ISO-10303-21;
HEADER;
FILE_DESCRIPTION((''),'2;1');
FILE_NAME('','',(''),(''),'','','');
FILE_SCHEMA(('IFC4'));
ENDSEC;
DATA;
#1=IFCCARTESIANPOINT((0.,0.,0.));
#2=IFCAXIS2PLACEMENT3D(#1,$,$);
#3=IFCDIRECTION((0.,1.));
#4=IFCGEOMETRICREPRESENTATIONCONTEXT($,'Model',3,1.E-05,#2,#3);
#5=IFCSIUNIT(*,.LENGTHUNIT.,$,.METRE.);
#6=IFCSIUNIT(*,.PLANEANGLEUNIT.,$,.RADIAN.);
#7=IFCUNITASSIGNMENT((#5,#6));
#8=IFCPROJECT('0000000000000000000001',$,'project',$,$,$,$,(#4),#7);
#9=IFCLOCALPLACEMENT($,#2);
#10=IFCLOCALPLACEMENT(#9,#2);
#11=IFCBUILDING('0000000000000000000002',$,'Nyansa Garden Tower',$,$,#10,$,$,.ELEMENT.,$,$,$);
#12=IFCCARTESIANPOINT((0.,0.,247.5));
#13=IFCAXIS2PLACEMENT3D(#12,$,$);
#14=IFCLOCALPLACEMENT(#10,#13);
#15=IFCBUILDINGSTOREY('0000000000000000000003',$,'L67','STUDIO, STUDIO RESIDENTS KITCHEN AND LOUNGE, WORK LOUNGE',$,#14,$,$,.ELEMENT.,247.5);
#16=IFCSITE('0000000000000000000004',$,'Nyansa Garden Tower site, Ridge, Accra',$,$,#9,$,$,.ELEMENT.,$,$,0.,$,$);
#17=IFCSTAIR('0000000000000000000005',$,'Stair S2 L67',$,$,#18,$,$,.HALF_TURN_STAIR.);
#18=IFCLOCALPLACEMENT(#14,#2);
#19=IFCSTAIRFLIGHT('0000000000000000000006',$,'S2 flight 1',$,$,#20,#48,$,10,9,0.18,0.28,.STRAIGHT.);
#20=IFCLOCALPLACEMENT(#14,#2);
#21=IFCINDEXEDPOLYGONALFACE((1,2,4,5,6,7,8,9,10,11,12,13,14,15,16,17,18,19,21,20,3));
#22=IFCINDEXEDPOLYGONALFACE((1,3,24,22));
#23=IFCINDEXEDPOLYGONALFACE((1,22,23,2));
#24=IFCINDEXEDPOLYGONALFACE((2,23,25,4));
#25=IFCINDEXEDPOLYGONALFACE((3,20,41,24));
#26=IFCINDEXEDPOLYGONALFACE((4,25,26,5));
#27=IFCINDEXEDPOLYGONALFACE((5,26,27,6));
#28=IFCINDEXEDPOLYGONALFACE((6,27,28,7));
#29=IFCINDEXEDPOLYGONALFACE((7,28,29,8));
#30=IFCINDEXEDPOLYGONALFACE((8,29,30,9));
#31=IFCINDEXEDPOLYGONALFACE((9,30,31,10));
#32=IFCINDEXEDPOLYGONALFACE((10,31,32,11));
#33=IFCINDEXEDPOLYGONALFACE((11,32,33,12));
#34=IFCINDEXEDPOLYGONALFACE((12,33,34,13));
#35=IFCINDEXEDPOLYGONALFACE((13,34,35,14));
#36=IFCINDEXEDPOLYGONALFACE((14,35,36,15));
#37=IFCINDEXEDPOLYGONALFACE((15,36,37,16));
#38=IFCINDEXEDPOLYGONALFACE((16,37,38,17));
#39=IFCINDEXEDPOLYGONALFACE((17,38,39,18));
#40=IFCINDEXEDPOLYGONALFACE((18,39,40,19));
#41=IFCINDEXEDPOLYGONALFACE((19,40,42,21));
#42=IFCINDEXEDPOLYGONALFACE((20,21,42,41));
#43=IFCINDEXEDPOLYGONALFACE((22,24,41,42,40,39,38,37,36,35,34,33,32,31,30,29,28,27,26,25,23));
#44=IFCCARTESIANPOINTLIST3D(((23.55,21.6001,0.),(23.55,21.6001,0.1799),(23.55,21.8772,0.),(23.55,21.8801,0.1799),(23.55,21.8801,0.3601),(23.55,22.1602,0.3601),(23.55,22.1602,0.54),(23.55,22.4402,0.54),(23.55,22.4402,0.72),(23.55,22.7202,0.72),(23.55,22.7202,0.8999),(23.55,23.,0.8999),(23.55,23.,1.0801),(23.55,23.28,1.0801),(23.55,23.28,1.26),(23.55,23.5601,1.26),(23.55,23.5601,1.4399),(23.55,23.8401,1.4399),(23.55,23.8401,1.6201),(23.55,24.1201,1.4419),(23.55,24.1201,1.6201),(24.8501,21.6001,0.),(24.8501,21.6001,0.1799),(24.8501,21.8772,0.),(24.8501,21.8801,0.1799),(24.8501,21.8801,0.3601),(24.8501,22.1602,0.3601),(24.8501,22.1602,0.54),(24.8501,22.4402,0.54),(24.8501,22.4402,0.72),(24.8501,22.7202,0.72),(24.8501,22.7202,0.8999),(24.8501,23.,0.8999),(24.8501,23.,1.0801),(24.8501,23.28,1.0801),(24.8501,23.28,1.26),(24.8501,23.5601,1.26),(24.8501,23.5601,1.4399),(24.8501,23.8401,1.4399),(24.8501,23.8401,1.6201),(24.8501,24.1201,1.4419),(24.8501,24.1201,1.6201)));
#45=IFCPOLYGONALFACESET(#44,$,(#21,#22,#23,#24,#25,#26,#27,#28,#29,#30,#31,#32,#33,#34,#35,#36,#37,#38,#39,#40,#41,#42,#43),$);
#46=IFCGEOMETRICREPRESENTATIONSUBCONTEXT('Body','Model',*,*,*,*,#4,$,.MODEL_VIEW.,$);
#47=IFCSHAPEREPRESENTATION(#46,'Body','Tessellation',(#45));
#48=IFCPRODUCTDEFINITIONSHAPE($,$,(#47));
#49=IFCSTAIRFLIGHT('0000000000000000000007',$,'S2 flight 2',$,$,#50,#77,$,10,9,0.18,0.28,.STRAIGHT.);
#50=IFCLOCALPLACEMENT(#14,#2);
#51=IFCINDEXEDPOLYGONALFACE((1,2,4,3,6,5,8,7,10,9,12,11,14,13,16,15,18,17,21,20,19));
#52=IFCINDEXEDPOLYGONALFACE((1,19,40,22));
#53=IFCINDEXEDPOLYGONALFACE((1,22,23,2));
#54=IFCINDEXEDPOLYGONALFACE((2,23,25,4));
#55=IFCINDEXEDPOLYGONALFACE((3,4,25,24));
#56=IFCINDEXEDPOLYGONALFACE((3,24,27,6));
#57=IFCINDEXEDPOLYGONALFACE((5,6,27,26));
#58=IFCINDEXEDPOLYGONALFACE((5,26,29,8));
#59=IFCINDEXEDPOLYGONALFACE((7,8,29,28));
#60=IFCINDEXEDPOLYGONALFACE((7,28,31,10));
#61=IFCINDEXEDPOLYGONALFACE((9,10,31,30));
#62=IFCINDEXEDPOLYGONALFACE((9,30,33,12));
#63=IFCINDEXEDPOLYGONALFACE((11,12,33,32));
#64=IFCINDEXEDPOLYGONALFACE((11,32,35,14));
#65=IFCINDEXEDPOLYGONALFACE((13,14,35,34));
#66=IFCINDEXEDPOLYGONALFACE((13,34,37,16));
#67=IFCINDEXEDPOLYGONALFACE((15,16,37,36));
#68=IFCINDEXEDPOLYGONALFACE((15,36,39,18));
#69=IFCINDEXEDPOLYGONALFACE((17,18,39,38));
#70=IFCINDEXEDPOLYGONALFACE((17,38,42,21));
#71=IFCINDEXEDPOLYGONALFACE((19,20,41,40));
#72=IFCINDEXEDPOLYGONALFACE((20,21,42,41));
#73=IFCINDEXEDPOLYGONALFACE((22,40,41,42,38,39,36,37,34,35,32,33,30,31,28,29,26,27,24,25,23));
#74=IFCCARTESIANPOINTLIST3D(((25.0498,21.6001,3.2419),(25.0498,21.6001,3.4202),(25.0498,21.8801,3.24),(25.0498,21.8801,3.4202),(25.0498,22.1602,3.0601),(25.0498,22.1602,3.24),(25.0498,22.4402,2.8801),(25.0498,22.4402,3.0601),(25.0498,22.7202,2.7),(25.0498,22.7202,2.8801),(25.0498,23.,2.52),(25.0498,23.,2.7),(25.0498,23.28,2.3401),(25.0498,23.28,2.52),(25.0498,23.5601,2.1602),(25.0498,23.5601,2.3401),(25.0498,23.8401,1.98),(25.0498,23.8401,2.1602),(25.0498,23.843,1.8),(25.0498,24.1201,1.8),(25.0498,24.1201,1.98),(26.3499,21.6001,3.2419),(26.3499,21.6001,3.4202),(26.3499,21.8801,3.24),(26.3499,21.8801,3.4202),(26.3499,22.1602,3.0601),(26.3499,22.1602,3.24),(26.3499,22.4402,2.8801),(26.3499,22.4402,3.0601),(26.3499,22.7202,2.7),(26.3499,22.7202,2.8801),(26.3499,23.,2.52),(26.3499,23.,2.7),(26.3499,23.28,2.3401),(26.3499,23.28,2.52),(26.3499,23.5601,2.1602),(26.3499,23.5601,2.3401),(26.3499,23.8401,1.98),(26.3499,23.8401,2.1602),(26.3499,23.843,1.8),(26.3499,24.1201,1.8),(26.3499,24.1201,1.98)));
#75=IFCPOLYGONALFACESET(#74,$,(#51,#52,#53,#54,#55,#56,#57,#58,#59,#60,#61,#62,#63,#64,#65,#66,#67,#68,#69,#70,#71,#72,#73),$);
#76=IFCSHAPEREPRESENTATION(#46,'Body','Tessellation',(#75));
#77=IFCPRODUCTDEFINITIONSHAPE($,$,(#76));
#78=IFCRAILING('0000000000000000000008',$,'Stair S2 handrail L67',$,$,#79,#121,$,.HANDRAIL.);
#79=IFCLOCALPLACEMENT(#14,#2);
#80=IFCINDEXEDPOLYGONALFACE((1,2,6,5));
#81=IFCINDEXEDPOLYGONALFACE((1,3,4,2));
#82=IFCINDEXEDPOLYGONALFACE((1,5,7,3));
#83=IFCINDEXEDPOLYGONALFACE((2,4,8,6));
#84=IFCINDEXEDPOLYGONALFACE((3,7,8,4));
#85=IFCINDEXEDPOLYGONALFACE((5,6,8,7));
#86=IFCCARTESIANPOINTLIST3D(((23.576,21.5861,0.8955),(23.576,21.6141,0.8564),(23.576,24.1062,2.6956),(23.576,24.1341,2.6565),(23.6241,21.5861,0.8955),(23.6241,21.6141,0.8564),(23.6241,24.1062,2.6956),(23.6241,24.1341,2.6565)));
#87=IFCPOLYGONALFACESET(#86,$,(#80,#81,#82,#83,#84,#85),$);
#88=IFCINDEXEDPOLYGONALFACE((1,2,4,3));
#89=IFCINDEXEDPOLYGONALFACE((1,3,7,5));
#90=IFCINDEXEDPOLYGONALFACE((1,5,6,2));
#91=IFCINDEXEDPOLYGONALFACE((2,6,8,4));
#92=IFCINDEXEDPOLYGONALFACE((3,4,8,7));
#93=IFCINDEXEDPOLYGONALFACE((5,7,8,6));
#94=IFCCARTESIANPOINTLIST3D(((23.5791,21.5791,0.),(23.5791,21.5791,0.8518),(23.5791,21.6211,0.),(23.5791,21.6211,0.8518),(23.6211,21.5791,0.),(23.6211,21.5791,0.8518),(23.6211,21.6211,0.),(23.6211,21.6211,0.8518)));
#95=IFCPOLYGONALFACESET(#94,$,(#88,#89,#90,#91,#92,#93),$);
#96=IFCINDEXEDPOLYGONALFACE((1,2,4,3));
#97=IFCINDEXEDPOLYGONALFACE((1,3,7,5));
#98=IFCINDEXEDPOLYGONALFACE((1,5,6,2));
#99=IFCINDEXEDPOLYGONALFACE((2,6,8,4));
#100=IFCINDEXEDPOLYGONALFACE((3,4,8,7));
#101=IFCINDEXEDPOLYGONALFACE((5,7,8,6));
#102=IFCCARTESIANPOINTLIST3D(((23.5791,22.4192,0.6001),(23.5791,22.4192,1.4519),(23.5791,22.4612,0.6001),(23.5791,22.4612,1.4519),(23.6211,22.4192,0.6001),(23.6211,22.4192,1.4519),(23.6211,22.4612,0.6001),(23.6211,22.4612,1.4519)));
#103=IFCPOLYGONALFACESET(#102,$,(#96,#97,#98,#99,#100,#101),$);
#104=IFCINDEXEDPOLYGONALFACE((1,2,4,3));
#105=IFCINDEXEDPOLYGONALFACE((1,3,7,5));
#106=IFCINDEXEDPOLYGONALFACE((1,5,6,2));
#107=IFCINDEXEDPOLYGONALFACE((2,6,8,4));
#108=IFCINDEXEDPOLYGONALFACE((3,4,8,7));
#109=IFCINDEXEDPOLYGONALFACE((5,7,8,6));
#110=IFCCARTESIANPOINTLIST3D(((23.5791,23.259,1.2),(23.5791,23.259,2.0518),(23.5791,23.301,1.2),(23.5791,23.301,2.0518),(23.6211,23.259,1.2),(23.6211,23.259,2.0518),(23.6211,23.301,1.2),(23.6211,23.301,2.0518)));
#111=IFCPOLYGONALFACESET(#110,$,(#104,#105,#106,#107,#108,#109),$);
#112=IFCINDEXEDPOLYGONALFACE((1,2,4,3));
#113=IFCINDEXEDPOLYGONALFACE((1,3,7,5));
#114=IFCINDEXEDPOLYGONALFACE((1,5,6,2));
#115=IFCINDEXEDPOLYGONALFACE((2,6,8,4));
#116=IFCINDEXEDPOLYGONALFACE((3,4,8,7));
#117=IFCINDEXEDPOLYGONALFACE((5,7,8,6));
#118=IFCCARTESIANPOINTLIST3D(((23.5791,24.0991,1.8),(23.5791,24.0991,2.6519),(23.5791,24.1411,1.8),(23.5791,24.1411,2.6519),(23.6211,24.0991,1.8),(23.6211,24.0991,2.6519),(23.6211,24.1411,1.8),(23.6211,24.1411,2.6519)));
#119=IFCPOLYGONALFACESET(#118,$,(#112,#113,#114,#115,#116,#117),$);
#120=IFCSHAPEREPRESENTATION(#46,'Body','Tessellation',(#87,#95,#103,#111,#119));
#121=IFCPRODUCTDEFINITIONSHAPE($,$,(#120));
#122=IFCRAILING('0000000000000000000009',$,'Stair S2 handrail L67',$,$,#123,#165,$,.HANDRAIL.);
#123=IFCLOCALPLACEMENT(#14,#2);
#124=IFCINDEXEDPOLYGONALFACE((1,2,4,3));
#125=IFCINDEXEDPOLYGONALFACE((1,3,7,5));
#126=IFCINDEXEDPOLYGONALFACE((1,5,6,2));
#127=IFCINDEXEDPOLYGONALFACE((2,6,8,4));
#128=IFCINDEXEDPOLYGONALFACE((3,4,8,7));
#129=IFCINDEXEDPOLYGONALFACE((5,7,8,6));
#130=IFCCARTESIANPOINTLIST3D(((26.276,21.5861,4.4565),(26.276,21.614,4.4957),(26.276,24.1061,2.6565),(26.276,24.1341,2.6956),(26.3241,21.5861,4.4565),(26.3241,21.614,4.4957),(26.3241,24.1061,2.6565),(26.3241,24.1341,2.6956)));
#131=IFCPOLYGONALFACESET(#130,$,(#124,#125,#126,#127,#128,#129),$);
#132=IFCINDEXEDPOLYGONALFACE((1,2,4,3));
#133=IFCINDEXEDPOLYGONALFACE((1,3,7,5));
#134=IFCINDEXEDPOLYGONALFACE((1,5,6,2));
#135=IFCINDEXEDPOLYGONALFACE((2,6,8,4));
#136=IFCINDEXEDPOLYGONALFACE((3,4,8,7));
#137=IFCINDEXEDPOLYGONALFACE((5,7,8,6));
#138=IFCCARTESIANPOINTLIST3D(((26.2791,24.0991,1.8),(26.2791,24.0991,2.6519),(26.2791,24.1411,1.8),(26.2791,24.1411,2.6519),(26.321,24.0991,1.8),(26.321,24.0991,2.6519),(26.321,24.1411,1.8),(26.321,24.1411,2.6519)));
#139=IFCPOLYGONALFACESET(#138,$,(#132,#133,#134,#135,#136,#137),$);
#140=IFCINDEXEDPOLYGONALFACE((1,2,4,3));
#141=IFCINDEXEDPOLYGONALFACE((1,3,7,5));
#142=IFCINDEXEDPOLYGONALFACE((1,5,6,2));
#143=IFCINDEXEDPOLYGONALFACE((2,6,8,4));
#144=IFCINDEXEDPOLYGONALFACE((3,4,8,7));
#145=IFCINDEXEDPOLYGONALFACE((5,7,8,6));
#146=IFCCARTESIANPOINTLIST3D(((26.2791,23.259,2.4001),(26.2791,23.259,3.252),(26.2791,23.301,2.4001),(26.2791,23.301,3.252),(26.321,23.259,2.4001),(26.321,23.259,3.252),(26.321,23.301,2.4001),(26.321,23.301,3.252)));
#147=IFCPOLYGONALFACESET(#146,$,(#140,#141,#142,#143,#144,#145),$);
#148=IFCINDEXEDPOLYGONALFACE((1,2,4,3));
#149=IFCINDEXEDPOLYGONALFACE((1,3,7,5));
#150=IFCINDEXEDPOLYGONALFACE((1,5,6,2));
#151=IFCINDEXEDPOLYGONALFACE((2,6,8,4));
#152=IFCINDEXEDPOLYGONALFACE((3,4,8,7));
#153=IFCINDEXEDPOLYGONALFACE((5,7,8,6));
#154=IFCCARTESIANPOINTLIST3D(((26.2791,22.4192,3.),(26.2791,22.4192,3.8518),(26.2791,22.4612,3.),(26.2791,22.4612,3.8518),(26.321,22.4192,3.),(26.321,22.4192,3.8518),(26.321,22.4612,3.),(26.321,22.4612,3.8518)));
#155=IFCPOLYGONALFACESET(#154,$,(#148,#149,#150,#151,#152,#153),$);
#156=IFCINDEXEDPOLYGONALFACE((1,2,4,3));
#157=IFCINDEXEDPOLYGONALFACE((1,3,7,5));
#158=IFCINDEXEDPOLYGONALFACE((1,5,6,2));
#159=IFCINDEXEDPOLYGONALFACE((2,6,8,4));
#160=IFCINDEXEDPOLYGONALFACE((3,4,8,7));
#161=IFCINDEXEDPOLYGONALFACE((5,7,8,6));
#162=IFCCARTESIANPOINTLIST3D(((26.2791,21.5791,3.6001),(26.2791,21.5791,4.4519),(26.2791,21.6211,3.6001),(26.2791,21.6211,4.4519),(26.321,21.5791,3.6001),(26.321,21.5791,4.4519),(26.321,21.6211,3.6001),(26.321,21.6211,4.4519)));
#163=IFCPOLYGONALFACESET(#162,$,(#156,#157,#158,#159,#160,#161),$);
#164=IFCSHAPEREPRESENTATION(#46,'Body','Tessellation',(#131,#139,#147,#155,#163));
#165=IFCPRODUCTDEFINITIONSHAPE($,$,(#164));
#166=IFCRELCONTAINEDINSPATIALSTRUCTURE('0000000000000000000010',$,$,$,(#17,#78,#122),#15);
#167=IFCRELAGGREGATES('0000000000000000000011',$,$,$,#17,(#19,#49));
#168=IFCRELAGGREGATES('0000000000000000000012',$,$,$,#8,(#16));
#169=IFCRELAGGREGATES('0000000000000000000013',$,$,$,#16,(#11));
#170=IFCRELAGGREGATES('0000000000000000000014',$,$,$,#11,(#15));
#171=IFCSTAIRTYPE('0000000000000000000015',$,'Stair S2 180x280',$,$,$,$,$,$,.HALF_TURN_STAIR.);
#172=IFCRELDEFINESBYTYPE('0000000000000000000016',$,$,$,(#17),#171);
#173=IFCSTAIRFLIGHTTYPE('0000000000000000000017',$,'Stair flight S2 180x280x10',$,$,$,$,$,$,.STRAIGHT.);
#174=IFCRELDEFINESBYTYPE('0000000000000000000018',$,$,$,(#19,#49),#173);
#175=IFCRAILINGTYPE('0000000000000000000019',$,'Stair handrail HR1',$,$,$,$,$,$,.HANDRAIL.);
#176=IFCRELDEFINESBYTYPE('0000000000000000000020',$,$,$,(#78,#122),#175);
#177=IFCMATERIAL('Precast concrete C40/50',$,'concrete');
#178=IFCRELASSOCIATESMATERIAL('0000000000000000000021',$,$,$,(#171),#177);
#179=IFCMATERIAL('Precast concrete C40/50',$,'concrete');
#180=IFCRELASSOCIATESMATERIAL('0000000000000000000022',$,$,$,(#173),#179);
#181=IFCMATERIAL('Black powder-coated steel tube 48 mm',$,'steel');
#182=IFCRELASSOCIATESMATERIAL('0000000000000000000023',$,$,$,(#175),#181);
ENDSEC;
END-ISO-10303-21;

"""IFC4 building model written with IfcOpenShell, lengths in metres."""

from ifc_helpers import new_model, si_unit, direction, frame, origin, origin_2d, place, context, subcontext, project, spatial, polyline, rectangle, outline, extrude, material, type_object, element, aggregate, save


model = new_model("IFC4")

# Units and contexts
model_context = context("Model", 3, precision=1e-05, world=origin(), true_north=direction((0.0, 1.0)))
body_context = subcontext(model_context, "Body", "Model", "MODEL_VIEW")
ifc_project = project(units=[si_unit("LENGTHUNIT", "METRE"), si_unit("PLANEANGLEUNIT", "RADIAN")], contexts=[model_context])

# Site, building, storey
site_placement = place(None, origin())
site = spatial("IfcSite", under=ifc_project, at=site_placement, Name="Nyansa Garden Tower site, Ridge, Accra", CompositionType="ELEMENT", RefElevation=0.0)
building_placement = place(site_placement, origin())
building = spatial("IfcBuilding", under=site, at=building_placement, Name="Nyansa Garden Tower", CompositionType="ELEMENT")
storey_placement = place(building_placement, frame((0.0, 0.0, 247.5)))
storey = spatial("IfcBuildingStorey", under=building, at=storey_placement, Name="L67", Description="STUDIO, STUDIO RESIDENTS KITCHEN AND LOUNGE, WORK LOUNGE", CompositionType="ELEMENT", Elevation=247.5)

# Stair, stair flights
ifc_material_1 = material(Name="Precast concrete C40/50", Category="concrete")
stair_type = type_object("IfcStairType", Name="Stair S2 180x280", PredefinedType="HALF_TURN_STAIR", material=ifc_material_1)
stair_placement = place(storey_placement, origin())
stair = element("IfcStair", 1, at=stair_placement, inside=storey, type_object=stair_type, Name="Stair S2 L67", PredefinedType="HALF_TURN_STAIR")
ifc_material_2 = material(Name="Precast concrete C40/50", Category="concrete")
stair_flight_type = type_object("IfcStairFlightType", Name="Stair flight S2 180x280x10", PredefinedType="STRAIGHT", material=ifc_material_2)
stair_flight_1_placement = place(storey_placement, frame((24.2, 21.6001, 0.0), z_axis=(0.0, 0.0, 1.0), x_axis=(0.0, 1.0, 0.0)))
stair_flight_1 = element("IfcStairFlight", 2, at=stair_flight_1_placement, type_object=stair_flight_type, Name="S2 flight 1", NumberOfRisers=10, NumberOfTreads=9, PredefinedType="STRAIGHT", RiserHeight=0.18, TreadLength=0.28, context=body_context, shape_type="SweptSolid", body=[
    extrude(outline(polyline([(0.0, 0.0), (0.0, 0.1799), (0.28, 0.1799), (0.28, 0.3601), (0.5601, 0.3601), (0.5601, 0.54), (0.8401, 0.54), (0.8401, 0.72), (1.1201, 0.72), (1.1201, 0.8999), (1.3999, 0.8999), (1.3999, 1.0801), (1.6799, 1.0801), (1.6799, 1.26), (1.96, 1.26), (1.96, 1.4399), (2.24, 1.4399), (2.24, 1.6201), (2.52, 1.6201), (2.52, 1.8), (2.52, 1.4419), (0.2771, 0.0), (0.0, 0.0)])), frame((0.0, 0.6499, 0.0), z_axis=(0.0, -1.0, 0.0), x_axis=(1.0, 0.0, 0.0)), (0.0, 0.0, 1.0), 1.3),
])
stair_flight_2_placement = place(storey_placement, frame((25.7, 24.1201, 1.8), z_axis=(0.0, 0.0, 1.0), x_axis=(0.0, -1.0, 0.0)))
stair_flight_2 = element("IfcStairFlight", 3, at=stair_flight_2_placement, type_object=stair_flight_type, Name="S2 flight 2", NumberOfRisers=10, NumberOfTreads=9, PredefinedType="STRAIGHT", RiserHeight=0.18, TreadLength=0.28, context=body_context, shape_type="SweptSolid", body=[
    extrude(outline(polyline([(0.0, 0.0), (0.0, 0.1799), (0.28, 0.1799), (0.28, 0.3601), (0.5601, 0.3601), (0.5601, 0.54), (0.8401, 0.54), (0.8401, 0.72), (1.1201, 0.72), (1.1201, 0.8999), (1.3999, 0.8999), (1.3999, 1.0801), (1.6799, 1.0801), (1.6799, 1.26), (1.96, 1.26), (1.96, 1.4399), (2.24, 1.4399), (2.24, 1.6201), (2.52, 1.6201), (2.52, 1.8), (2.52, 1.4419), (0.2771, 0.0), (0.0, 0.0)])), frame((0.0, 0.6499, 0.0), z_axis=(0.0, -1.0, 0.0), x_axis=(1.0, 0.0, 0.0)), (0.0, 0.0, 1.0), 1.3),
])
aggregate(stair, [stair_flight_1, stair_flight_2])

# Railings
ifc_material_3 = material(Name="Black powder-coated steel tube 48 mm", Category="steel")
railing_type = type_object("IfcRailingType", Name="Stair handrail HR1", PredefinedType="HANDRAIL", material=ifc_material_3)
railing_1_placement = place(storey_placement, frame((23.6001, 21.6001, 0.0)))
element("IfcRailing", 4, at=railing_1_placement, inside=storey, type_object=railing_type, Name="Stair S2 handrail L67", PredefinedType="HANDRAIL", context=body_context, shape_type="SweptSolid", body=[
    extrude(rectangle(XDim=0.0481, YDim=0.0481, at=origin_2d()), frame((0.0, 0.0, 0.876), z_axis=(0.0, 0.813728, 0.581246), x_axis=(-1.0, 0.0, 0.0)), (0.0, 0.0, 1.0), 3.0969),
    extrude(rectangle(XDim=0.042, YDim=0.042, at=origin_2d()), origin(), (0.0, 0.0, 1.0), 0.8518),
    extrude(rectangle(XDim=0.042, YDim=0.042, at=origin_2d()), frame((0.0, 0.8401, 0.6001)), (0.0, 0.0, 1.0), 0.8518),
    extrude(rectangle(XDim=0.042, YDim=0.042, at=origin_2d()), frame((0.0, 1.6799, 1.2)), (0.0, 0.0, 1.0), 0.8518),
    extrude(rectangle(XDim=0.042, YDim=0.042, at=origin_2d()), frame((0.0, 2.52, 1.8)), (0.0, 0.0, 1.0), 0.8518),
])
railing_2_placement = place(storey_placement, frame((26.3, 24.1201, 1.8)))
element("IfcRailing", 5, at=railing_2_placement, inside=storey, type_object=railing_type, Name="Stair S2 handrail L67", PredefinedType="HANDRAIL", context=body_context, shape_type="SweptSolid", body=[
    extrude(rectangle(XDim=0.0481, YDim=0.0481, at=origin_2d()), frame((0.0, 0.0, 0.876), z_axis=(0.0, -0.813728, 0.581246), x_axis=(1.0, 0.0, 0.0)), (0.0, 0.0, 1.0), 3.0969),
    extrude(rectangle(XDim=0.042, YDim=0.042, at=origin_2d()), origin(), (0.0, 0.0, 1.0), 0.8518),
    extrude(rectangle(XDim=0.042, YDim=0.042, at=origin_2d()), frame((0.0, -0.8401, 0.6001)), (0.0, 0.0, 1.0), 0.8518),
    extrude(rectangle(XDim=0.042, YDim=0.042, at=origin_2d()), frame((0.0, -1.6799, 1.2)), (0.0, 0.0, 1.0), 0.8518),
    extrude(rectangle(XDim=0.042, YDim=0.042, at=origin_2d()), frame((0.0, -2.52, 1.8)), (0.0, 0.0, 1.0), 0.8518),
])

save(model, "model.ifc")
